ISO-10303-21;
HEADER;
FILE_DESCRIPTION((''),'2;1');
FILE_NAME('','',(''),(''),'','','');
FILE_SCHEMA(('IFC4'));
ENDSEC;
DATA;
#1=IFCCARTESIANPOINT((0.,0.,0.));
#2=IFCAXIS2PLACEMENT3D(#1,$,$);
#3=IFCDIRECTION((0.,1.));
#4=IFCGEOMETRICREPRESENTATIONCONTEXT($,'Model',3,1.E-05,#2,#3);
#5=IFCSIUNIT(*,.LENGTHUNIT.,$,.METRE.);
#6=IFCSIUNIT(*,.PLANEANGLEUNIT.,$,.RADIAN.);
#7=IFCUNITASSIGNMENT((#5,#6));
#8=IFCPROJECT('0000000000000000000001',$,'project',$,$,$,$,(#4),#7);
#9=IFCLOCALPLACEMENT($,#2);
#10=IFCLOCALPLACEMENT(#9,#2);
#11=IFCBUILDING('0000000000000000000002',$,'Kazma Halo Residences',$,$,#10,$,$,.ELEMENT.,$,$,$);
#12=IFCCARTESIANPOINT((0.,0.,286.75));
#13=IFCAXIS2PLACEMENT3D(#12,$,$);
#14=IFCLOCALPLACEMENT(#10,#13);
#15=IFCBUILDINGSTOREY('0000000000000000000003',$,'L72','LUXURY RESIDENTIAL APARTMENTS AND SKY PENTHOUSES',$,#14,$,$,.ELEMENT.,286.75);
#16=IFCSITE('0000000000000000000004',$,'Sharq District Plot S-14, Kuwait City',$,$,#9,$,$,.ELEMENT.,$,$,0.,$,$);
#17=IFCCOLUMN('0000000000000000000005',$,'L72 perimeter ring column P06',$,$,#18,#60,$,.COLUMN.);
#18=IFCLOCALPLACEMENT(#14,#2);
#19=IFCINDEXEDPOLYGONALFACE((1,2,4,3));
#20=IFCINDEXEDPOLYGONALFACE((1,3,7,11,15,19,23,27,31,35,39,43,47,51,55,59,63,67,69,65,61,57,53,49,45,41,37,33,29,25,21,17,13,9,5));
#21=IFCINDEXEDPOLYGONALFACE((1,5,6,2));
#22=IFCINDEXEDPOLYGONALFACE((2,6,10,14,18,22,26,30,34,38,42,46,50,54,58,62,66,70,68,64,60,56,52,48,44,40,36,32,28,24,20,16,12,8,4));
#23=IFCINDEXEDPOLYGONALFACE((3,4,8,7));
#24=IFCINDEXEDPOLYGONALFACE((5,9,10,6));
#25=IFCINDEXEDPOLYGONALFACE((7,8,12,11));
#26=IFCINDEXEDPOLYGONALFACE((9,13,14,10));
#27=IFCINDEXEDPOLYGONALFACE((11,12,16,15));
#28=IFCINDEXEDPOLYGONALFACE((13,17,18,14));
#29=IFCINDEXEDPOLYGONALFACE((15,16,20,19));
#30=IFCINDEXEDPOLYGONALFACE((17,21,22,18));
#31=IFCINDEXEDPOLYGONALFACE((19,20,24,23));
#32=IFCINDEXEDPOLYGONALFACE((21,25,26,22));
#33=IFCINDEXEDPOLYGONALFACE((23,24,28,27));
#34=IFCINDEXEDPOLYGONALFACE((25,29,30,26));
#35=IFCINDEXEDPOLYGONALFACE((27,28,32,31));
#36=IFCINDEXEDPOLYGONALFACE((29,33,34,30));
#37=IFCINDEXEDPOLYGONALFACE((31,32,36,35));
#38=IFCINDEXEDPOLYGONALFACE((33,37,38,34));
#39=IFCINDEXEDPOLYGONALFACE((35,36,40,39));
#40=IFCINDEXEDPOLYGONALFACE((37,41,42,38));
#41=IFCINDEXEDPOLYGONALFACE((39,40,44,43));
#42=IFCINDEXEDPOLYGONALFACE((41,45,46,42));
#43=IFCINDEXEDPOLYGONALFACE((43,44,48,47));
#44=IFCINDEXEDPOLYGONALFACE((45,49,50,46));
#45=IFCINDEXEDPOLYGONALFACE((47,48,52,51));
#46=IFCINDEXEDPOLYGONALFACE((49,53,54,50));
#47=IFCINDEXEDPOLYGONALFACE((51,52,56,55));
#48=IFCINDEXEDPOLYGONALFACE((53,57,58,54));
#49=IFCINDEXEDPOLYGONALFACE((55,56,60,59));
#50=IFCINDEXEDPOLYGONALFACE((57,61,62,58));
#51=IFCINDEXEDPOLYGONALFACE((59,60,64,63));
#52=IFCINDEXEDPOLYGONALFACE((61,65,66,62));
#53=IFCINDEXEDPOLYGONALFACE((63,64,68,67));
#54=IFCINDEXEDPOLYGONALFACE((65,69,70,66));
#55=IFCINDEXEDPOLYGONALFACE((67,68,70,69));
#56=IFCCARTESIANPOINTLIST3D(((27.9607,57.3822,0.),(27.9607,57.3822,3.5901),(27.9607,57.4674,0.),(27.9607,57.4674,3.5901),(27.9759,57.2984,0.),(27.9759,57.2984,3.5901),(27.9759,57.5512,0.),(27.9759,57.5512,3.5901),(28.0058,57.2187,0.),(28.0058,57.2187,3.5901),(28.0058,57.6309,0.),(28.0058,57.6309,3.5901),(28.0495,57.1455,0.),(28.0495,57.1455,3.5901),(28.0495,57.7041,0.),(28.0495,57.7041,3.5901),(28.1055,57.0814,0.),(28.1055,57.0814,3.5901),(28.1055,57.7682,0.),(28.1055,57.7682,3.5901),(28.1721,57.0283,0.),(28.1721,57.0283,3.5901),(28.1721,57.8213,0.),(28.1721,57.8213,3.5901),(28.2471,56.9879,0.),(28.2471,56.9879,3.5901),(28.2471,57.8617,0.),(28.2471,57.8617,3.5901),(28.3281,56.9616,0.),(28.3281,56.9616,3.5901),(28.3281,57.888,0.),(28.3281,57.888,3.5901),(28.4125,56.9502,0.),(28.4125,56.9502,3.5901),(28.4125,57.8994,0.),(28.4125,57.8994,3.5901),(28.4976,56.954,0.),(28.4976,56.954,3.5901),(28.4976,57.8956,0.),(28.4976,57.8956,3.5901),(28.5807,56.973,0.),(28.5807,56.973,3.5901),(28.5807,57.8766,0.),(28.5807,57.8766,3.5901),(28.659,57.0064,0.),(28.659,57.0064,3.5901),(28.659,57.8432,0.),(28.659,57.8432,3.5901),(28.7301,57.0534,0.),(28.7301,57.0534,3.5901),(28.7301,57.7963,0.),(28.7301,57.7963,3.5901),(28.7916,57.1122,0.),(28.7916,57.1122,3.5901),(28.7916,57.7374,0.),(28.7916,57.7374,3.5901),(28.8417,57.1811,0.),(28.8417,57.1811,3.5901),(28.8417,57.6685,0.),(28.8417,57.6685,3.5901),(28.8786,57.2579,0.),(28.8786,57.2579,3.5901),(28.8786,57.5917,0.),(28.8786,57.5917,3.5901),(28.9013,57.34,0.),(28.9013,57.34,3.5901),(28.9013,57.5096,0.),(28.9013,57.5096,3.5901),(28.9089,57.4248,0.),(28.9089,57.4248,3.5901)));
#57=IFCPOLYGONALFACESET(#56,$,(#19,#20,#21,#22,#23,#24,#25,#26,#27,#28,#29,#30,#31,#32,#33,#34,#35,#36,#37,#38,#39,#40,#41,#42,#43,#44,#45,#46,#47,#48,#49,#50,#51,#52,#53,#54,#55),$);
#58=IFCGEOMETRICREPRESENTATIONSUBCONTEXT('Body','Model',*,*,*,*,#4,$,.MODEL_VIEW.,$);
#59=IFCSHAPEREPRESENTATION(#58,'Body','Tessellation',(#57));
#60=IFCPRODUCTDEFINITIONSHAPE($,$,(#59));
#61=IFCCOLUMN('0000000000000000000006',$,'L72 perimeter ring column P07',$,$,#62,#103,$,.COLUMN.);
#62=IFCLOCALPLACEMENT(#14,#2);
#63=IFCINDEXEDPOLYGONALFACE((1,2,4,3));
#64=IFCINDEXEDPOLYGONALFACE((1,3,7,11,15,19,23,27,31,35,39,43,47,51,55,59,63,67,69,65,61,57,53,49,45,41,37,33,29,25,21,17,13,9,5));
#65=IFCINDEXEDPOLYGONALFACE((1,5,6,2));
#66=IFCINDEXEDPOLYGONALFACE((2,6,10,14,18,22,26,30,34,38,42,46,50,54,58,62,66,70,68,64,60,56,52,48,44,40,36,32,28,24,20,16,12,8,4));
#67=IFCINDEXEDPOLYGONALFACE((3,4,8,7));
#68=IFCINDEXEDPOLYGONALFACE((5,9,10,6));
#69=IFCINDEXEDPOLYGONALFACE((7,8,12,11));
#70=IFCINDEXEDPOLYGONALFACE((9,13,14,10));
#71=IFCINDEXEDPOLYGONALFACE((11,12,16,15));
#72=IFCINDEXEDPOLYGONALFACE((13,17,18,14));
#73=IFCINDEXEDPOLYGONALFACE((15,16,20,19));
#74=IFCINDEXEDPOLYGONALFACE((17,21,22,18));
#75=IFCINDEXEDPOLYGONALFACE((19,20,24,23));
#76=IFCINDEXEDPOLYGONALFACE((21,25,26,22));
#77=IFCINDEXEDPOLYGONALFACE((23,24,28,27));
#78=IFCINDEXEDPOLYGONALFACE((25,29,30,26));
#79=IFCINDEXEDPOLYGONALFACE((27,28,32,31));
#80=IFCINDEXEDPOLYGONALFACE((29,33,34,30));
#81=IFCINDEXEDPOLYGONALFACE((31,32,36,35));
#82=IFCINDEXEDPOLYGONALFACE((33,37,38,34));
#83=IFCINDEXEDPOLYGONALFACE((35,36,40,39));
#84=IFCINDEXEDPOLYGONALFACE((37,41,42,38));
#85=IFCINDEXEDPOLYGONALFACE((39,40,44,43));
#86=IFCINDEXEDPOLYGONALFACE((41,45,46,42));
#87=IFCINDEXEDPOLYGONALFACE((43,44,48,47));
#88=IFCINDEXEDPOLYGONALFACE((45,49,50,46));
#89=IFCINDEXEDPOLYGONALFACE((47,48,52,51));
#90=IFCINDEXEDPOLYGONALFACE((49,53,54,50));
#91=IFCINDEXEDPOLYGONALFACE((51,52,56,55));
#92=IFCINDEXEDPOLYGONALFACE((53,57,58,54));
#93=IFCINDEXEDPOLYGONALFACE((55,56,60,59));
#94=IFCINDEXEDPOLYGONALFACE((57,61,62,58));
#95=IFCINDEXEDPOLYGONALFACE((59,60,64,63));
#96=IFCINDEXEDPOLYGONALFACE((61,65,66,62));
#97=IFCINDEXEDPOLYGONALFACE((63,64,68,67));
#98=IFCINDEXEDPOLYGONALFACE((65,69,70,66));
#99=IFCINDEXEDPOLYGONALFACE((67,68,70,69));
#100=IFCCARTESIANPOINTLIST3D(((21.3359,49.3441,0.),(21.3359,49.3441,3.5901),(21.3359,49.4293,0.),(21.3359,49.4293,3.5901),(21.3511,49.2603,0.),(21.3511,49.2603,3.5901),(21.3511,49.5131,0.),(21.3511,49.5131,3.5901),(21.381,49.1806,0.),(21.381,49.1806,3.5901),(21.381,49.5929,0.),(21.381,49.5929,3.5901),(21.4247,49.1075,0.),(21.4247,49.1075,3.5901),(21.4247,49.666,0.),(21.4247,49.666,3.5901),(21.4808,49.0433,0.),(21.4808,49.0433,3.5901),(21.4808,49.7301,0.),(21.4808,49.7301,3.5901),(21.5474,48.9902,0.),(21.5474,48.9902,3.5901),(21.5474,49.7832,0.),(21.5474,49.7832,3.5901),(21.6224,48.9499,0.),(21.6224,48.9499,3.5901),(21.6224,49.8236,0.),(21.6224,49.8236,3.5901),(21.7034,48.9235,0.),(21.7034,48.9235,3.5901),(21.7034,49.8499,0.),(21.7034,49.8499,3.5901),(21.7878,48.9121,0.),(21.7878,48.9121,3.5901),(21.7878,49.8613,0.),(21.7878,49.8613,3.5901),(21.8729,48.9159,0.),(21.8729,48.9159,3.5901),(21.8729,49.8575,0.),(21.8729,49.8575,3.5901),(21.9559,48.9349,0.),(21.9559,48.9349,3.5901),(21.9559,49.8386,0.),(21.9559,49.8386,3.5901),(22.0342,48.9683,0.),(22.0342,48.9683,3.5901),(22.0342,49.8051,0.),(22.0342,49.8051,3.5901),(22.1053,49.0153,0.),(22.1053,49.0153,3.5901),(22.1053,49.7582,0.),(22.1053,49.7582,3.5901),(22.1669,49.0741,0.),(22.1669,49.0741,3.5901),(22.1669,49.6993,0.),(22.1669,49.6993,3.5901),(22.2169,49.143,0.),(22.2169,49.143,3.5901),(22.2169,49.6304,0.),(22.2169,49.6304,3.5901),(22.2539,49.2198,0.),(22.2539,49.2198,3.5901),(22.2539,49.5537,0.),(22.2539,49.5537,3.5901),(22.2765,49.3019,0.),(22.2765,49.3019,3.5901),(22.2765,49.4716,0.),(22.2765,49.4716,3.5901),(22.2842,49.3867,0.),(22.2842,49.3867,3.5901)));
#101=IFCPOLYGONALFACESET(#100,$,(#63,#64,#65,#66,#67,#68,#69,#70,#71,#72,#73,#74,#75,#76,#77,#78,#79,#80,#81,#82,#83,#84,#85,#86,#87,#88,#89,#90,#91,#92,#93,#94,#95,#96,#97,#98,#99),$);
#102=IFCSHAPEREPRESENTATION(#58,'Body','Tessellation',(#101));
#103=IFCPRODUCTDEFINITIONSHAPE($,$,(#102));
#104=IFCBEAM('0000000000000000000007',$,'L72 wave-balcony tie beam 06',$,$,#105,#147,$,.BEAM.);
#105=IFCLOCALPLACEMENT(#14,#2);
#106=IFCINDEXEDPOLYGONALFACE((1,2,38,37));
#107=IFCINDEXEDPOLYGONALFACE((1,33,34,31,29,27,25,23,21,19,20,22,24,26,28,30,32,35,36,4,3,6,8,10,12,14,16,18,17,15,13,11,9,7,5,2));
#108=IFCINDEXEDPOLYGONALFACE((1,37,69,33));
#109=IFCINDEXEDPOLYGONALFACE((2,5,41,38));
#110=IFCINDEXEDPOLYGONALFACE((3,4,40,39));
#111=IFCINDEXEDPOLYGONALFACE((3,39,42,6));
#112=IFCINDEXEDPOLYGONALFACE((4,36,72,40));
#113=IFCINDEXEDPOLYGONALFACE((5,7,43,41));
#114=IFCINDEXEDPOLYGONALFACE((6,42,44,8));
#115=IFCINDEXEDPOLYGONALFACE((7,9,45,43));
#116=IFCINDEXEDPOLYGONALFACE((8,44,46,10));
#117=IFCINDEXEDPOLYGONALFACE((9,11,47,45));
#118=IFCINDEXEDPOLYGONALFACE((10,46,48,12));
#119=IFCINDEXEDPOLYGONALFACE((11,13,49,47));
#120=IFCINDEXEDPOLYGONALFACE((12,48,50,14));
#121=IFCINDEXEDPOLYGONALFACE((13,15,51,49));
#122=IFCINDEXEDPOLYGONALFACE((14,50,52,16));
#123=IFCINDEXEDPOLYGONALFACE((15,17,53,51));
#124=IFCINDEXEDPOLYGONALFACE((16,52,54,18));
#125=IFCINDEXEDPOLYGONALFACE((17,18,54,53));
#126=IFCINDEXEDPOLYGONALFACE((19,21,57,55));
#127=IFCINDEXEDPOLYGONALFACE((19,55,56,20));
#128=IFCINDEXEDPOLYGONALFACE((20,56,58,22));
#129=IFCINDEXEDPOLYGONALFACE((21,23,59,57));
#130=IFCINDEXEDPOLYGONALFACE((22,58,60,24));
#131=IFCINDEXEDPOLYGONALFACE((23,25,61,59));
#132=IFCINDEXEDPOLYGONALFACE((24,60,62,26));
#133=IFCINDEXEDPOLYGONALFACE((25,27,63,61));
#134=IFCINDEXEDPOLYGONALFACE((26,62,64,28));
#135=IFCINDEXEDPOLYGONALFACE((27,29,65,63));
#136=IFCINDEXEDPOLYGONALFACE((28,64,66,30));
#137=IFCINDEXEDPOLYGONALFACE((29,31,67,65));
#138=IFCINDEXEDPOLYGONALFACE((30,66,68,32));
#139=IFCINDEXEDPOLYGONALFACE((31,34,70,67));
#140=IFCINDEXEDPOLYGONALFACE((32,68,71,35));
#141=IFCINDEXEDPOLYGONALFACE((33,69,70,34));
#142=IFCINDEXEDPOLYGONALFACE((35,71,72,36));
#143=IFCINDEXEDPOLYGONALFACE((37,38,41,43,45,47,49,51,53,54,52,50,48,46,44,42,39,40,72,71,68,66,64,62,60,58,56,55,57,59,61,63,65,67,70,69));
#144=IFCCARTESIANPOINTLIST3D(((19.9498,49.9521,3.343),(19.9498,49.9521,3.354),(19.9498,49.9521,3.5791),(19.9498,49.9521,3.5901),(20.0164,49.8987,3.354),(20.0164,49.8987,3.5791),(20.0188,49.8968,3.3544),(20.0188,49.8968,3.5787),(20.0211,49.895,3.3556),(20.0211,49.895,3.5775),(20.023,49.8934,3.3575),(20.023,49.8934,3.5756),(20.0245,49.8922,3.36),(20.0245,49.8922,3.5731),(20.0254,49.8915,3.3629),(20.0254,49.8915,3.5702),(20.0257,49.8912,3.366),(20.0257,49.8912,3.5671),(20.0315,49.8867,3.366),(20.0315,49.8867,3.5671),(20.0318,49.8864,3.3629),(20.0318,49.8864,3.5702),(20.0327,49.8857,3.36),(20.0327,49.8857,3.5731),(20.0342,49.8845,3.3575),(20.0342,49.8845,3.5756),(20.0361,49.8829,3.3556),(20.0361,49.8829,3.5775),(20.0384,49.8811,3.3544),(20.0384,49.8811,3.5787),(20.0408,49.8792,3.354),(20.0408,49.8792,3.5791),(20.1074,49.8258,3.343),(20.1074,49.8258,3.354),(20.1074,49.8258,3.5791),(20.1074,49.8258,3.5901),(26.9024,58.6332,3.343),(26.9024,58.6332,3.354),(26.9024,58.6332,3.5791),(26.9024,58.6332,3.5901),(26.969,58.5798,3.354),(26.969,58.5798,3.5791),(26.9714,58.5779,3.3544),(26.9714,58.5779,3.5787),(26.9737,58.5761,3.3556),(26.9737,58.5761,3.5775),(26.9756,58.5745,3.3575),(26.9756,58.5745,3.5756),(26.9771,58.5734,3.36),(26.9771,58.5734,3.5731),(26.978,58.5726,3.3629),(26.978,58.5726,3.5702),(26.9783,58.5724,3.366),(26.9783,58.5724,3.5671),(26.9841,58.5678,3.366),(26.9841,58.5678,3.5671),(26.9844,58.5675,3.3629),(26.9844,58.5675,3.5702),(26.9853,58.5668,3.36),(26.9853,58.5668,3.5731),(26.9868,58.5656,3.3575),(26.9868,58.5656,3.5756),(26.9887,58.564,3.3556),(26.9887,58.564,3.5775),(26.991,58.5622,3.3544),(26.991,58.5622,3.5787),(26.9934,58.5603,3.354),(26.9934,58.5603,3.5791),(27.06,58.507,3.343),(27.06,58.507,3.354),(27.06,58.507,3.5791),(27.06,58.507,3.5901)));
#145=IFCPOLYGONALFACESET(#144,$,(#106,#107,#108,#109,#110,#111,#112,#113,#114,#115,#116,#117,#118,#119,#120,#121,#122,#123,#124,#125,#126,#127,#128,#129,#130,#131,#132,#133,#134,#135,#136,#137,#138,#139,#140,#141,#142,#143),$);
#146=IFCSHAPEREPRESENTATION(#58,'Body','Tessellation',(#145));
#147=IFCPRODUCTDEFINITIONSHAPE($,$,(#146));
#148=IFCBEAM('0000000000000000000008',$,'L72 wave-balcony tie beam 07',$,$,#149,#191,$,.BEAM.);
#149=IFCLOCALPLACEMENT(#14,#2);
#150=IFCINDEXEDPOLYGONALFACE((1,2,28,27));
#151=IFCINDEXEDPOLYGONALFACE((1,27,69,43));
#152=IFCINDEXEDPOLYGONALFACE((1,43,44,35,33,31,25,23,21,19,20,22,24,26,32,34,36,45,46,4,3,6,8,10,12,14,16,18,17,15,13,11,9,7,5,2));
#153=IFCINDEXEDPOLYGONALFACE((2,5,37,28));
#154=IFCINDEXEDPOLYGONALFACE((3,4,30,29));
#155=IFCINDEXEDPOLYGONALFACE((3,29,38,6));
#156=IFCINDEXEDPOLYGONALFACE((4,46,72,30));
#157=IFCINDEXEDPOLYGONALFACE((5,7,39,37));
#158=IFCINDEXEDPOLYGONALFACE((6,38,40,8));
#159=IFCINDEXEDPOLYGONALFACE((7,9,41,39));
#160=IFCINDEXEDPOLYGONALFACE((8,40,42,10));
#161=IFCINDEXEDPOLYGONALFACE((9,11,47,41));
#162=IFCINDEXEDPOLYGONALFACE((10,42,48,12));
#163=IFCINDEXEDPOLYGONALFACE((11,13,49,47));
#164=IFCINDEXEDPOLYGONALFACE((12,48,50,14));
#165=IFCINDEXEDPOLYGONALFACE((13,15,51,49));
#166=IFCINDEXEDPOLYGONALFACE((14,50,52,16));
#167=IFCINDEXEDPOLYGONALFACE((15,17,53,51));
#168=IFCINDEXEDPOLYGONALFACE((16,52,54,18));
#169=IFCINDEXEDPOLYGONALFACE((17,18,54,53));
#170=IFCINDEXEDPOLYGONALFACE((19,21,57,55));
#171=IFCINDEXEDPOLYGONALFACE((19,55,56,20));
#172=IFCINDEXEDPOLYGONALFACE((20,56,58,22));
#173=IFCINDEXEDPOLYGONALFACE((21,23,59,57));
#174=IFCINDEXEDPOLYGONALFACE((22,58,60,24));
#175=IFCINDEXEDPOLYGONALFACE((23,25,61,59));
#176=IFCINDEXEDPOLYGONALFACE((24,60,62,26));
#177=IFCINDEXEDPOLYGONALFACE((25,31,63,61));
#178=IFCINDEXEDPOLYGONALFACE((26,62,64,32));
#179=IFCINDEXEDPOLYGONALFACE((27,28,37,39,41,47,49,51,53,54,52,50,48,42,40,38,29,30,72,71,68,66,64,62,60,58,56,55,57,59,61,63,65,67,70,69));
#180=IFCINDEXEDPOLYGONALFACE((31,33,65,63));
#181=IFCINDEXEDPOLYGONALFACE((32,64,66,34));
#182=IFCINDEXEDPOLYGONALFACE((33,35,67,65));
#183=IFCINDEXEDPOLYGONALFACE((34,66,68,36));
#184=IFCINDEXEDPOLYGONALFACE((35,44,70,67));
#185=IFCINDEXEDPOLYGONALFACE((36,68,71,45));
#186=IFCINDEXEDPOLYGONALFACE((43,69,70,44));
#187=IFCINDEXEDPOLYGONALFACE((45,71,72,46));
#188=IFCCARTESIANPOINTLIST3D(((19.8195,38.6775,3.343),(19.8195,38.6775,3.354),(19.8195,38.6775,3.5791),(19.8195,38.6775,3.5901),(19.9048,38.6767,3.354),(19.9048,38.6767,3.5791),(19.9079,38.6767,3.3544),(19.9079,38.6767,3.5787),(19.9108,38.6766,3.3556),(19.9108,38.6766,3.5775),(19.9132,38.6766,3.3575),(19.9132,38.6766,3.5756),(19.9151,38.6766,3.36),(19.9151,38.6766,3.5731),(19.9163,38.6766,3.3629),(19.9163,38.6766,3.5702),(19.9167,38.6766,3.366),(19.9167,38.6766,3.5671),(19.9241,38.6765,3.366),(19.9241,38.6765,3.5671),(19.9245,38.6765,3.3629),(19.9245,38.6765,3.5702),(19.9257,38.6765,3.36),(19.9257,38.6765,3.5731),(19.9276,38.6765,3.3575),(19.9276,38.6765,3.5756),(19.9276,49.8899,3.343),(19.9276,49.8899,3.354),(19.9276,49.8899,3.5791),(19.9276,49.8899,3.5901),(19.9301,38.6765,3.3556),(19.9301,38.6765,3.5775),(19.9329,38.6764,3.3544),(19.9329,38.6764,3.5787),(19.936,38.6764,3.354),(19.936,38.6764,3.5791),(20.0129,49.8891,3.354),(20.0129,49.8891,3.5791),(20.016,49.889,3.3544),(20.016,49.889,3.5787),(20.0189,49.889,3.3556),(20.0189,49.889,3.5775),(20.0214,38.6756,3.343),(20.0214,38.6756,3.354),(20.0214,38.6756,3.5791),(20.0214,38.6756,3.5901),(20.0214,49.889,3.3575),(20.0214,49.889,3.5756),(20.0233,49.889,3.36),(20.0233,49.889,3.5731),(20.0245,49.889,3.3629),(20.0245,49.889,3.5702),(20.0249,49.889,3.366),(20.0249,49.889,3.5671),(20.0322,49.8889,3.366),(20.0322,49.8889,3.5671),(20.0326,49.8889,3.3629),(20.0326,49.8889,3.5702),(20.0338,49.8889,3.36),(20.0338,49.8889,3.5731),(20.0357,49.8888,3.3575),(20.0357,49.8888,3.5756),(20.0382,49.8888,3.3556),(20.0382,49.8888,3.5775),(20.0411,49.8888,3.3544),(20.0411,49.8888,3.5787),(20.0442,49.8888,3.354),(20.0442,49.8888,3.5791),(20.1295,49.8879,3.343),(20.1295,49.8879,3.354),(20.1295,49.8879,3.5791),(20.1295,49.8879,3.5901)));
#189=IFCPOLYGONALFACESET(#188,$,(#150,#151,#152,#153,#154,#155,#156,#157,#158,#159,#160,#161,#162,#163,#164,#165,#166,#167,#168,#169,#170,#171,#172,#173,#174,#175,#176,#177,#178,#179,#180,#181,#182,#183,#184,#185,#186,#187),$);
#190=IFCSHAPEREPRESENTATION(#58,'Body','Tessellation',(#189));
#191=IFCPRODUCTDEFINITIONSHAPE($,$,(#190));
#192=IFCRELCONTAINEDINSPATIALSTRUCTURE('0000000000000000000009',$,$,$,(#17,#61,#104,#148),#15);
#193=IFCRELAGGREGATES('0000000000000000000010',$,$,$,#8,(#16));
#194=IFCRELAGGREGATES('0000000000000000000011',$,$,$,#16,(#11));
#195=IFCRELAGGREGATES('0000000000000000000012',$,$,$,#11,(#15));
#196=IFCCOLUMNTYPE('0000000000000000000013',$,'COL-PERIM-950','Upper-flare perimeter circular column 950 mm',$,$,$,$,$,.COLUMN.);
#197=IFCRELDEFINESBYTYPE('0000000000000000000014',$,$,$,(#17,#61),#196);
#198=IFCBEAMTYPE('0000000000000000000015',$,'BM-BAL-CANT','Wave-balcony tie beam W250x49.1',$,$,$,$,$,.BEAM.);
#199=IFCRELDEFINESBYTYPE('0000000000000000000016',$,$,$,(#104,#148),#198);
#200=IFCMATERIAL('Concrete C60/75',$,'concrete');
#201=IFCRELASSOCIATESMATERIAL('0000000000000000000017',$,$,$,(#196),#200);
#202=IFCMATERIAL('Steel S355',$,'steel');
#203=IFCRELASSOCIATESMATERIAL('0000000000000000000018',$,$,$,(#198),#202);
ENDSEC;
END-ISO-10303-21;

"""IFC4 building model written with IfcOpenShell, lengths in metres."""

from ifc_helpers import new_model, si_unit, direction, frame, origin, origin_2d, place, context, subcontext, project, spatial, circle, i_section, extrude, material, material_profile, profile_set, type_object, element, save


model = new_model("IFC4")

# Units and contexts
model_context = context("Model", 3, precision=1e-05, world=origin(), true_north=direction((0.0, 1.0)))
body_context = subcontext(model_context, "Body", "Model", "MODEL_VIEW")
ifc_project = project(units=[si_unit("LENGTHUNIT", "METRE"), si_unit("PLANEANGLEUNIT", "RADIAN")], contexts=[model_context])

# Site, building, storey
site_placement = place(None, origin())
site = spatial("IfcSite", under=ifc_project, at=site_placement, Name="Sharq District Plot S-14, Kuwait City", CompositionType="ELEMENT", RefElevation=0.0)
building_placement = place(site_placement, origin())
building = spatial("IfcBuilding", under=site, at=building_placement, Name="Kazma Halo Residences", CompositionType="ELEMENT")
storey_placement = place(building_placement, frame((0.0, 0.0, 286.75)))
storey = spatial("IfcBuildingStorey", under=building, at=storey_placement, Name="L72", Description="LUXURY RESIDENTIAL APARTMENTS AND SKY PENTHOUSES", CompositionType="ELEMENT", Elevation=286.75)

# Columns
ifc_material_1 = material(Name="Concrete C60/75", Category="concrete")
ifc_material_profile_1 = material_profile(ifc_material_1, circle(Radius=0.4751, at=origin_2d()), Name="CIRC950")
ifc_profile_set_1 = profile_set([ifc_material_profile_1], Name="Concrete C60/75")
column_type = type_object("IfcColumnType", Name="COL-PERIM-950", Description="Upper-flare perimeter circular column 950 mm", PredefinedType="COLUMN", material=ifc_profile_set_1)
for number, where, z_axis, x_axis, name in (
    (1, (28.4338, 57.4248, 0.0), (0.0, 0.0, 1.0), (1.0, 0.0, 0.0), "L72 perimeter ring column P06"),
    (2, (21.8091, 49.3867, 0.0), (0.0, 0.0, 1.0), (1.0, 0.0, 0.0), "L72 perimeter ring column P07"),
):
    element("IfcColumn", number, at=place(storey_placement, frame(where, z_axis=z_axis, x_axis=x_axis)), inside=storey, type_object=column_type, Name=name, PredefinedType="COLUMN", context=body_context, shape_type="SweptSolid", body=[
        extrude(circle(Radius=0.4751, at=origin_2d()), origin(), (0.0, 0.0, 1.0), 3.5901),
    ])

# Beams
ifc_material_2 = material(Name="Steel S355", Category="steel")
ifc_material_profile_2 = material_profile(ifc_material_2, i_section(OverallWidth=0.2019, OverallDepth=0.2471, WebThickness=0.0073, FlangeThickness=0.011, FilletRadius=0.012, at=origin_2d()), Name="W250x49.1")
ifc_profile_set_2 = profile_set([ifc_material_profile_2], Name="Steel S355")
beam_type_1 = type_object("IfcBeamType", Name="BM-BAL-CANT", Description="Wave-balcony tie beam W250x49.1", PredefinedType="BEAM", material=ifc_profile_set_2)
beam_1_placement = place(storey_placement, frame((26.9812, 58.5701, 3.4666), z_axis=(-0.625118, -0.78053, 0.0), x_axis=(0.78053, -0.625118, 0.0)))
element("IfcBeam", 3, at=beam_1_placement, inside=storey, type_object=beam_type_1, Name="L72 wave-balcony tie beam 06", PredefinedType="BEAM", context=body_context, shape_type="SweptSolid", body=[
    extrude(i_section(OverallWidth=0.2019, OverallDepth=0.2471, WebThickness=0.0073, FlangeThickness=0.011, FilletRadius=0.012, at=origin_2d()), origin(), (0.0, 0.0, 1.0), 11.1221),
])
beam_2_placement = place(storey_placement, frame((20.0286, 49.8889, 3.4666), z_axis=(-0.009646, -0.999953, 0.0), x_axis=(0.999953, -0.009646, 0.0)))
element("IfcBeam", 4, at=beam_2_placement, inside=storey, type_object=beam_type_1, Name="L72 wave-balcony tie beam 07", PredefinedType="BEAM", context=body_context, shape_type="SweptSolid", body=[
    extrude(i_section(OverallWidth=0.2019, OverallDepth=0.2471, WebThickness=0.0073, FlangeThickness=0.011, FilletRadius=0.012, at=origin_2d()), origin(), (0.0, 0.0, 1.0), 11.2129),
])

save(model, "model.ifc")
